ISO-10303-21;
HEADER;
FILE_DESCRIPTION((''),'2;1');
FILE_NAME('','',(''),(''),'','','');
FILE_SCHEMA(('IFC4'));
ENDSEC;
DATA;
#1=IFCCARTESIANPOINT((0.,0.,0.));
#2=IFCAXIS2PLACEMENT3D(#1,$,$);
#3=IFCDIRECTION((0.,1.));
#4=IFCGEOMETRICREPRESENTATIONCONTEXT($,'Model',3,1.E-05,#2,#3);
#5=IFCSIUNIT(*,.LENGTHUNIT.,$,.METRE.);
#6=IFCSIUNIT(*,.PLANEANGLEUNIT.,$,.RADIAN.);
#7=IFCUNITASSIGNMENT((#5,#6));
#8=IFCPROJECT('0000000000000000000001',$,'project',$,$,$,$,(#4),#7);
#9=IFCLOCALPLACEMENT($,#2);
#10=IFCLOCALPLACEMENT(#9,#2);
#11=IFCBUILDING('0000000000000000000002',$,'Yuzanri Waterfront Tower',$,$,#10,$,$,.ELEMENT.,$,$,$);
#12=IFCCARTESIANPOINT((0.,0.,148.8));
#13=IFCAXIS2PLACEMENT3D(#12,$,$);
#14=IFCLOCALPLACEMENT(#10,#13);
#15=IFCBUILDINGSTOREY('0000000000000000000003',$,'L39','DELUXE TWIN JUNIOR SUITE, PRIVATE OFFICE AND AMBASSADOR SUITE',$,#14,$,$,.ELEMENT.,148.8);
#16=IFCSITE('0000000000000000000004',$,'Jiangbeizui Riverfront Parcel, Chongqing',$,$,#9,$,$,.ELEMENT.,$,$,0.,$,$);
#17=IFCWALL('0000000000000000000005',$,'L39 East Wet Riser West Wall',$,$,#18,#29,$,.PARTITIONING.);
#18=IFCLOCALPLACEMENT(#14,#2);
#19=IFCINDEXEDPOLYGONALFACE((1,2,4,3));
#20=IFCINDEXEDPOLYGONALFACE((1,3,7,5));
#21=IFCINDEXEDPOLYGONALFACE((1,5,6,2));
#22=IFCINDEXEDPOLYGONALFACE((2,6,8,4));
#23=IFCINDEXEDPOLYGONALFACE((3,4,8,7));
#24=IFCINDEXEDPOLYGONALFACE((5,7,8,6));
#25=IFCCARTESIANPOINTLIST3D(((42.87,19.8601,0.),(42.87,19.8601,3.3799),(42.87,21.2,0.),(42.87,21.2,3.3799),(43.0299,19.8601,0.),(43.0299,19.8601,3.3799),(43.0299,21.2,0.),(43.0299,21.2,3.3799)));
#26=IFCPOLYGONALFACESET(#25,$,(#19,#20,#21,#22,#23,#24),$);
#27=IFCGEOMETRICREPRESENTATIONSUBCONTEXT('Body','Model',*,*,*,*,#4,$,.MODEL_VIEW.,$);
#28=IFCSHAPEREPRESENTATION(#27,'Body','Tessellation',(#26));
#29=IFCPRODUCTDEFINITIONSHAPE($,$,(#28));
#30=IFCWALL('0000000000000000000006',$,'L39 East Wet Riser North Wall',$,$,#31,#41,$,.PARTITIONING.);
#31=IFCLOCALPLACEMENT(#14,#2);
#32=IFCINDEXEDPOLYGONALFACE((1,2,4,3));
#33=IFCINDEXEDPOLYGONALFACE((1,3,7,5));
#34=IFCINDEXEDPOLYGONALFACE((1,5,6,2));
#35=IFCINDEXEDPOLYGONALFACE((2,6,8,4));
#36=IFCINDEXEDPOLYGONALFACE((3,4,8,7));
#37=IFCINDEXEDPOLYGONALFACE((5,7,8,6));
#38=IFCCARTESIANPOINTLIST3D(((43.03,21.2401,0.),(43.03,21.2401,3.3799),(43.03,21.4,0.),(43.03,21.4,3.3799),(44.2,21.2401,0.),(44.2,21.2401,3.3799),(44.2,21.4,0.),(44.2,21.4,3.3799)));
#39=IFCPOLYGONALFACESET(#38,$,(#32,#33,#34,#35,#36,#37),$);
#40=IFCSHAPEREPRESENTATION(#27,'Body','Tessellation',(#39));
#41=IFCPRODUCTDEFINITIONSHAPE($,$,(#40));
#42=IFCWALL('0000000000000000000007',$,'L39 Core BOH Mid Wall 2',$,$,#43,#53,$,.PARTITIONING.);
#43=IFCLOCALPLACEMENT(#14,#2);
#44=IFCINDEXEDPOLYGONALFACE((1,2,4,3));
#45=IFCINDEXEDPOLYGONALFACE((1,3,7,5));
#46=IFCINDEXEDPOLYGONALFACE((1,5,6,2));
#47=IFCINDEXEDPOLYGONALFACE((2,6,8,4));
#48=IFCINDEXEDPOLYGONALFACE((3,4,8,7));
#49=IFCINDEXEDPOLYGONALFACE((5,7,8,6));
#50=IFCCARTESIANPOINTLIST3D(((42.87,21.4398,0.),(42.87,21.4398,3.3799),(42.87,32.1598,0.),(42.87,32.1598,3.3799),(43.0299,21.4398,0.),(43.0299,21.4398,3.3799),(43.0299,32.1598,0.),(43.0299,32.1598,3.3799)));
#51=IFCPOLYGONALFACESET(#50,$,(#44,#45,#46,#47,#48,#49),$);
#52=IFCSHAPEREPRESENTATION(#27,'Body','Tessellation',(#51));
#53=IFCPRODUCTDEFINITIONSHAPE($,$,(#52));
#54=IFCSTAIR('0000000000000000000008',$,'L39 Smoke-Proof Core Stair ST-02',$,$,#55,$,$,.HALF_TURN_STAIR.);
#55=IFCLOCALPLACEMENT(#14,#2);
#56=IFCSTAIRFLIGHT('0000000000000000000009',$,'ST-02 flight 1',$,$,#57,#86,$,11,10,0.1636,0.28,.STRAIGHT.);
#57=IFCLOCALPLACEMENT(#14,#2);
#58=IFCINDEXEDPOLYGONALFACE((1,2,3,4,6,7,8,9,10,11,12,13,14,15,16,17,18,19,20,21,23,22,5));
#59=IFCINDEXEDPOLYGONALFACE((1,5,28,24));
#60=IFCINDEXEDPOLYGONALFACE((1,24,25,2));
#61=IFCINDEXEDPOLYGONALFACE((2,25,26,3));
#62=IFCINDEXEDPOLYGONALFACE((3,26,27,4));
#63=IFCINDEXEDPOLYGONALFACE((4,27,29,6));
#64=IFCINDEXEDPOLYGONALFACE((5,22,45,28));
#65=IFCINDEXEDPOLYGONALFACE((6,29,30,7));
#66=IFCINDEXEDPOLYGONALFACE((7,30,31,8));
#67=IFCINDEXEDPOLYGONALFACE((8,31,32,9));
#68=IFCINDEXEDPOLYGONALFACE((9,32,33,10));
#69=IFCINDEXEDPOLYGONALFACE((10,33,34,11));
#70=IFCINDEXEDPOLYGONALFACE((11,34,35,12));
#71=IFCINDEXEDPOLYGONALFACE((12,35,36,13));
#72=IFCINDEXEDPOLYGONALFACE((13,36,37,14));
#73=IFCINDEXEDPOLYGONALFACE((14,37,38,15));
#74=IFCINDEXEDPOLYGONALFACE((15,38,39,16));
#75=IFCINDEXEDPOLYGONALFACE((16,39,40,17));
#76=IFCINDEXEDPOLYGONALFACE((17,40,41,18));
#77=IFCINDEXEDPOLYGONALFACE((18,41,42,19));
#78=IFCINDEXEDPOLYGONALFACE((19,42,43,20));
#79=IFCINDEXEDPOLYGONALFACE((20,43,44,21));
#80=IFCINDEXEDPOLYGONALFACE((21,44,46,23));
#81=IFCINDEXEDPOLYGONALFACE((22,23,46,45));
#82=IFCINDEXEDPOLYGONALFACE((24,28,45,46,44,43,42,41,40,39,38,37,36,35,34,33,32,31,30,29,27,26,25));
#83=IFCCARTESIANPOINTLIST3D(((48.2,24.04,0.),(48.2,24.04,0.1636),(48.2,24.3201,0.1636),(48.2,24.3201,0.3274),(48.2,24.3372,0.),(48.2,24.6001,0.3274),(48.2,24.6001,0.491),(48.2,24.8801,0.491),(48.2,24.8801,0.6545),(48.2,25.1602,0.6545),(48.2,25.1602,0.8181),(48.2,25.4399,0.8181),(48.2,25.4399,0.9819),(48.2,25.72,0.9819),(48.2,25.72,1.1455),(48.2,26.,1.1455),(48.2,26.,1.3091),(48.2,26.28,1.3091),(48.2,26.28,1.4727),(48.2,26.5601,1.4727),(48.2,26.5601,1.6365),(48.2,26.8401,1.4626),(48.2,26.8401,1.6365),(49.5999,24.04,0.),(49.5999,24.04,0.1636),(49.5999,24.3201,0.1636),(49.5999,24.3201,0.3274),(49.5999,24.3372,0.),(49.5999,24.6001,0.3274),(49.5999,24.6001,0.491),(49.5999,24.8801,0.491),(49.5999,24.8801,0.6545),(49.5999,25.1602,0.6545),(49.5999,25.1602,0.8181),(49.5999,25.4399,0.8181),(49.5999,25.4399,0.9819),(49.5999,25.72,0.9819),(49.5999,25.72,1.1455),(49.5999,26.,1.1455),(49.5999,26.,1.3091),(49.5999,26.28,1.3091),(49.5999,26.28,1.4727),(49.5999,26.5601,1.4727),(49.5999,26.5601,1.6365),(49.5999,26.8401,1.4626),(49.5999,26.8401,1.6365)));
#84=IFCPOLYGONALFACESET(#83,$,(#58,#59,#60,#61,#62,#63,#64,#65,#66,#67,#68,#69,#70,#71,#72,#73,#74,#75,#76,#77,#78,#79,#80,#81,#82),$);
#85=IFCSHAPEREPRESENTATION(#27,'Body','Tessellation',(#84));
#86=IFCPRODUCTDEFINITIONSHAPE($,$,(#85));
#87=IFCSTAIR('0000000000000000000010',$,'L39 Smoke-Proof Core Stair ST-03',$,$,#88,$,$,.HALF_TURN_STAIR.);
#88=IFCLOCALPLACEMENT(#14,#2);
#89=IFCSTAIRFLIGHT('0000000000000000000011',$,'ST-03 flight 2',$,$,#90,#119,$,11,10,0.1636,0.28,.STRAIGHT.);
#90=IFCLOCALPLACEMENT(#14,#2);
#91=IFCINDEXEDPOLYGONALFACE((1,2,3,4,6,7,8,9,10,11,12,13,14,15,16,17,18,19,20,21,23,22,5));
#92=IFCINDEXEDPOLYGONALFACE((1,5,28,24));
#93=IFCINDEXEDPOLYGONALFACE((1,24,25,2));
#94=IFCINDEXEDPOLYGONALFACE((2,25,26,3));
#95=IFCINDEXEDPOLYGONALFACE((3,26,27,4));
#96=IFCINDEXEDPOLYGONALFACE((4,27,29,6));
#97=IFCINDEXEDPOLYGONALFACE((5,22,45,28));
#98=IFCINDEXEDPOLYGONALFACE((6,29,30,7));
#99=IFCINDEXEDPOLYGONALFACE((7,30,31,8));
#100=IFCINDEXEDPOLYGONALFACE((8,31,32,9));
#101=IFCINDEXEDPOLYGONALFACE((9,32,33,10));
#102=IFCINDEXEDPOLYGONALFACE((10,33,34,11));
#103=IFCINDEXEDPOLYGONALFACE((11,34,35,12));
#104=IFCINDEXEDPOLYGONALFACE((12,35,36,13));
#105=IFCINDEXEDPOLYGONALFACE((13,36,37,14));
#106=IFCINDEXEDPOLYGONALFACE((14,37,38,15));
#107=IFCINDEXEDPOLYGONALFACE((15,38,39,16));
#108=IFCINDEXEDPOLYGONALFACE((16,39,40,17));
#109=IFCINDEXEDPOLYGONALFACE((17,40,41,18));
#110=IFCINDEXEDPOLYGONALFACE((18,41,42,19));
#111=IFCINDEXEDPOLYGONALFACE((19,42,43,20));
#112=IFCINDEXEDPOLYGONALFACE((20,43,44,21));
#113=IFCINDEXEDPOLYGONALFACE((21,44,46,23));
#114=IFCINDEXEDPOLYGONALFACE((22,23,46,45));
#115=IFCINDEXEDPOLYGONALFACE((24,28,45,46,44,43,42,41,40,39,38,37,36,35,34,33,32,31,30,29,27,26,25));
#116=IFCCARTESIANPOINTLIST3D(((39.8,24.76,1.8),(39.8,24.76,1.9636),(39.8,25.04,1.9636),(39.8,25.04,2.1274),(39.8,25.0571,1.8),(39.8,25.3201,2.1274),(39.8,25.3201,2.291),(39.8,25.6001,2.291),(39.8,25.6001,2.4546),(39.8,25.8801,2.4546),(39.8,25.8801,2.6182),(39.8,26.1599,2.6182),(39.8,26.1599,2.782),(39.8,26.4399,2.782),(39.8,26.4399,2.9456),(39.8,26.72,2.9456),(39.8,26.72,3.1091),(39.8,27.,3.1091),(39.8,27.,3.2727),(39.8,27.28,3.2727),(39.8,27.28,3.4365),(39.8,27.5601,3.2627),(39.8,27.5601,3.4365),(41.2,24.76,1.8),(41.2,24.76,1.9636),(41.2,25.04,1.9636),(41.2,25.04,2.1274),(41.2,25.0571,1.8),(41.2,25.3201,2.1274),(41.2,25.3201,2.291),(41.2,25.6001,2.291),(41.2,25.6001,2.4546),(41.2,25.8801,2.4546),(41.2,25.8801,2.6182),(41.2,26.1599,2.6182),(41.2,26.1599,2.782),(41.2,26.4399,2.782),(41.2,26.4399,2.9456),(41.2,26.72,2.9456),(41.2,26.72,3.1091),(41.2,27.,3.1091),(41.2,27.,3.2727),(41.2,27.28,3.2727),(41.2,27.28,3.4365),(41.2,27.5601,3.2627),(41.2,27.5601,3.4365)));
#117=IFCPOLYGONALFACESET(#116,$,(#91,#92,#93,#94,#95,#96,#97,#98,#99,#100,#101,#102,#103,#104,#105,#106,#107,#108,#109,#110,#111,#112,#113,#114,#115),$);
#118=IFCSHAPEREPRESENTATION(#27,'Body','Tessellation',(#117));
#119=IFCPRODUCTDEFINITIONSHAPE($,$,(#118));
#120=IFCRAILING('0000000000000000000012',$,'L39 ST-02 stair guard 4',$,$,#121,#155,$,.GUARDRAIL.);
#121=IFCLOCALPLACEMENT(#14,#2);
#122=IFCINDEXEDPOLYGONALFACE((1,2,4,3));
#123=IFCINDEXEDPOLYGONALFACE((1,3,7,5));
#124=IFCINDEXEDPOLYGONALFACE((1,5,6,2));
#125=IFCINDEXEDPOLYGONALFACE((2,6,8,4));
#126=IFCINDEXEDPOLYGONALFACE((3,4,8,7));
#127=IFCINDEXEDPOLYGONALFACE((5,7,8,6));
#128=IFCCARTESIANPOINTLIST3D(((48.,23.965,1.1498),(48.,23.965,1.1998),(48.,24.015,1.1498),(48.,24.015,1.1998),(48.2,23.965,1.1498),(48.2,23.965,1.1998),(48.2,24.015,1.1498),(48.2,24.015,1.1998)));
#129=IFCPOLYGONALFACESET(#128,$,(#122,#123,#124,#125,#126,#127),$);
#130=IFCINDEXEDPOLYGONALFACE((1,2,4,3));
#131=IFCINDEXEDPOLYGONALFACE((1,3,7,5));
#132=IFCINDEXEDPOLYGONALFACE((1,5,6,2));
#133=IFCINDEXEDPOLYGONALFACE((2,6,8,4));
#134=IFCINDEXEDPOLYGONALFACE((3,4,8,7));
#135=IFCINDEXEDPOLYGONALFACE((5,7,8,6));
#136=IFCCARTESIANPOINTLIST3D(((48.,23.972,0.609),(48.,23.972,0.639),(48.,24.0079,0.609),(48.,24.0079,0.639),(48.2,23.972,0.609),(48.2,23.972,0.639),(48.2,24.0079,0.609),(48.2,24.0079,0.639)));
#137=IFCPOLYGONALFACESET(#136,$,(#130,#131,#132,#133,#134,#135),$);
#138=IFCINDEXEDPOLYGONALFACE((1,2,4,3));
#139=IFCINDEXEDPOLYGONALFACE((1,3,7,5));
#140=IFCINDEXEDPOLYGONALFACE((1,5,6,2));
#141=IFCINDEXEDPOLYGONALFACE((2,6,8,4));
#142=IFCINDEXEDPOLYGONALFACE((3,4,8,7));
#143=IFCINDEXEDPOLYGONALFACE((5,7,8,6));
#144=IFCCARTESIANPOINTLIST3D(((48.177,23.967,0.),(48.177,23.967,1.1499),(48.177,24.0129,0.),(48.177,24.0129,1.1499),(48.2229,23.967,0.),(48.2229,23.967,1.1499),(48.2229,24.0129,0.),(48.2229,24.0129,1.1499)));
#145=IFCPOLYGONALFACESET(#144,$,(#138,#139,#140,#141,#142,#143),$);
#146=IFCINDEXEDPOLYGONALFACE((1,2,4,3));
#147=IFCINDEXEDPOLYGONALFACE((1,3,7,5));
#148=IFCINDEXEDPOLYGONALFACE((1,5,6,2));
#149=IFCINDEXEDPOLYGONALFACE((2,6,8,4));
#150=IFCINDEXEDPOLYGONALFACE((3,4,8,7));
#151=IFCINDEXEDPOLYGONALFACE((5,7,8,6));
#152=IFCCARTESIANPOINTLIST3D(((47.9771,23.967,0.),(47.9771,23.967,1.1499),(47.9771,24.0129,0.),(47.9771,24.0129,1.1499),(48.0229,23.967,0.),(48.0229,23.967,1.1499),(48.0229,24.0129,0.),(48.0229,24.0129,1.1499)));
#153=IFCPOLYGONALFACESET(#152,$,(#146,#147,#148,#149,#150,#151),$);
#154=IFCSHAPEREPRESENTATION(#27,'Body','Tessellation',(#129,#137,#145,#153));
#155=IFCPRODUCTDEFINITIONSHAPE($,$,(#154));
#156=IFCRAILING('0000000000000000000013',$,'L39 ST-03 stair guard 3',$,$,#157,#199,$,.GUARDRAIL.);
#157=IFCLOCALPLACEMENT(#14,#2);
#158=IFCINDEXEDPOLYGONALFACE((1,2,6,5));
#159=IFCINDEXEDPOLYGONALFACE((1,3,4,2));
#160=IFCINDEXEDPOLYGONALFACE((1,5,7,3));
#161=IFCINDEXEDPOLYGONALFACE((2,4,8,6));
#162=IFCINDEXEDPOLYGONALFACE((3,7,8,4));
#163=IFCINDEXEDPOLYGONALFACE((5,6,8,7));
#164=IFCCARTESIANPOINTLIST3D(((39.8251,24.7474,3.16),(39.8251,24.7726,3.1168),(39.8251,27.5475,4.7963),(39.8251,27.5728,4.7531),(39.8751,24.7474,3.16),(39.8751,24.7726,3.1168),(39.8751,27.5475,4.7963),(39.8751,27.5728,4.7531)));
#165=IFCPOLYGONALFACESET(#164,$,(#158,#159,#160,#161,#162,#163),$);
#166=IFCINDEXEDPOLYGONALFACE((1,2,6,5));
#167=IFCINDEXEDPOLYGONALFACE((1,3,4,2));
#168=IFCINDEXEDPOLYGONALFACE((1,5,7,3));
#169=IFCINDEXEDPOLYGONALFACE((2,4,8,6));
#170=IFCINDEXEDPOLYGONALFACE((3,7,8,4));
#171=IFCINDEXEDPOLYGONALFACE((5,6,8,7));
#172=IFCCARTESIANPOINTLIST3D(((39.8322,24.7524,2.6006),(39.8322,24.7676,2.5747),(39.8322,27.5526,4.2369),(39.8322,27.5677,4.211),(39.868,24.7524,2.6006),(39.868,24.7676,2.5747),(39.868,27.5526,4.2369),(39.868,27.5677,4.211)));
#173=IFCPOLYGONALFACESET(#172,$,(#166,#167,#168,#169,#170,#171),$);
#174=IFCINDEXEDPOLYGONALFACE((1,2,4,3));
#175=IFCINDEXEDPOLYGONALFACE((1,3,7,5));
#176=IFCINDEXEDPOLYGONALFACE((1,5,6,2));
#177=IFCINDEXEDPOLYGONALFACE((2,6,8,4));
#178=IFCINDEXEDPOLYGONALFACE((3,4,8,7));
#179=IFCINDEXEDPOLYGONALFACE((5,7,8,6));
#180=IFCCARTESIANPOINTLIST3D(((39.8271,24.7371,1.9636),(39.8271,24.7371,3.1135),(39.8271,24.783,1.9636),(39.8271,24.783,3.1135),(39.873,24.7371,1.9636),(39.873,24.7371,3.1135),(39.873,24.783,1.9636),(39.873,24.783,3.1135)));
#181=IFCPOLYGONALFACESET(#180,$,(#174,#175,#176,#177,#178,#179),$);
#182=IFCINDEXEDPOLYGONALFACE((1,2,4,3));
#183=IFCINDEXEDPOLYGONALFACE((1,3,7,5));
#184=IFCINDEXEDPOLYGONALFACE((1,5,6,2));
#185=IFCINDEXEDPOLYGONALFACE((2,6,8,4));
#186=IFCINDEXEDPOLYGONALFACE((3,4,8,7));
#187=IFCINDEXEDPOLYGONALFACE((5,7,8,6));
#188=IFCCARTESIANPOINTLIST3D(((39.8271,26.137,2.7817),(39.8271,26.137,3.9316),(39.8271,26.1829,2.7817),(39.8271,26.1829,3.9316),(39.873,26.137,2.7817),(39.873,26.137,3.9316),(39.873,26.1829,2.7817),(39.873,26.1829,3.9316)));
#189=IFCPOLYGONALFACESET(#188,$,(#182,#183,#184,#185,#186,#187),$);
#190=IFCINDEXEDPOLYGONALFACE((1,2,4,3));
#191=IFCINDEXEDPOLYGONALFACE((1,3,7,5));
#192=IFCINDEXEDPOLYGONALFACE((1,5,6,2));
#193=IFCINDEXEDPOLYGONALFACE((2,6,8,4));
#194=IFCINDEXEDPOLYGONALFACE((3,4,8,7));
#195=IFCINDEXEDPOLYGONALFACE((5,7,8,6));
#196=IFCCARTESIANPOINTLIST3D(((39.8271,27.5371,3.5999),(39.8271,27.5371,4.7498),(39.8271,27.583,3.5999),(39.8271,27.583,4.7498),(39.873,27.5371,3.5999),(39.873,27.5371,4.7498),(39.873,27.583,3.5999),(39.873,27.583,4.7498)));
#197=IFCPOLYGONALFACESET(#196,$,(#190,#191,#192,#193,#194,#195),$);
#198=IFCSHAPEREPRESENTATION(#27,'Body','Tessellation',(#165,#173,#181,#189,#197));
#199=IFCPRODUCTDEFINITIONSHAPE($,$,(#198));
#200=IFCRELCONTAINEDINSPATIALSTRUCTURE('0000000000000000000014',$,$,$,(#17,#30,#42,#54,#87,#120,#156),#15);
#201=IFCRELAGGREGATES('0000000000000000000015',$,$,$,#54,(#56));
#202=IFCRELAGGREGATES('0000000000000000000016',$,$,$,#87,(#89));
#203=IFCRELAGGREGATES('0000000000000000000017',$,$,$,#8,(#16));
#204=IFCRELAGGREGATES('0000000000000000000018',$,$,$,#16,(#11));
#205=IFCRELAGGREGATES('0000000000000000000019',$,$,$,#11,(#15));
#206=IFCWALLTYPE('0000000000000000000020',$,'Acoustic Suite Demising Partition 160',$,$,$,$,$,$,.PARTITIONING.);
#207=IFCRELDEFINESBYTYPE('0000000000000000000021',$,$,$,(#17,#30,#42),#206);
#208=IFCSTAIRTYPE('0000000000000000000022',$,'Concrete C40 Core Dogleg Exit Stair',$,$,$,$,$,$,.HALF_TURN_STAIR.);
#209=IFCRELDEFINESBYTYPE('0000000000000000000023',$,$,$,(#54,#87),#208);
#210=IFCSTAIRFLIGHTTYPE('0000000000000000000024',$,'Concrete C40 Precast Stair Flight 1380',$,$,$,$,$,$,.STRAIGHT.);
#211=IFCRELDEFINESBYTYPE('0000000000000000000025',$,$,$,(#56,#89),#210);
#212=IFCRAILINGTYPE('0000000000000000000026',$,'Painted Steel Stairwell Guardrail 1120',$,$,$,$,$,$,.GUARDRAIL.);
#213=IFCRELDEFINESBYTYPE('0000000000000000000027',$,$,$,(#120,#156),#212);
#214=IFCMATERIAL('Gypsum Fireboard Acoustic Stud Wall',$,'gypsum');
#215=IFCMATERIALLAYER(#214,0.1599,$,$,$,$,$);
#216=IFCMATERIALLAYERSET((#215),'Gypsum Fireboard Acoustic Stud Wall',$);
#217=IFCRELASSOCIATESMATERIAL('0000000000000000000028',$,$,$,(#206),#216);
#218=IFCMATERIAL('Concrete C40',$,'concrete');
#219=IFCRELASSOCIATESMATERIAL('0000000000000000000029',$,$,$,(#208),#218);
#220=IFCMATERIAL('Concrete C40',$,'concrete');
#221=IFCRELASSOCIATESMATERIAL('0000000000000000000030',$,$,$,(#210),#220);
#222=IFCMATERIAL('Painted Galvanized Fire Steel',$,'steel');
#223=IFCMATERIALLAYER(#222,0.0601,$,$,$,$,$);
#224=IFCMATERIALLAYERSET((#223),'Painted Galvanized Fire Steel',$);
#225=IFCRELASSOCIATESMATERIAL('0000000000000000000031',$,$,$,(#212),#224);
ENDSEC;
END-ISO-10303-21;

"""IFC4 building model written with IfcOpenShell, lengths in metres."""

from ifc_helpers import new_model, si_unit, direction, frame, frame_2d, origin, origin_2d, place, context, subcontext, project, spatial, polyline, rectangle, outline, extrude, source, transform, mapped, material, layer, layer_set, type_object, element, aggregate, save


model = new_model("IFC4")

# Units and contexts
model_context = context("Model", 3, precision=1e-05, world=origin(), true_north=direction((0.0, 1.0)))
body_context = subcontext(model_context, "Body", "Model", "MODEL_VIEW")
ifc_project = project(units=[si_unit("LENGTHUNIT", "METRE"), si_unit("PLANEANGLEUNIT", "RADIAN")], contexts=[model_context])

# Site, building, storey
site_placement = place(None, origin())
site = spatial("IfcSite", under=ifc_project, at=site_placement, Name="Jiangbeizui Riverfront Parcel, Chongqing", CompositionType="ELEMENT", RefElevation=0.0)
building_placement = place(site_placement, origin())
building = spatial("IfcBuilding", under=site, at=building_placement, Name="Yuzanri Waterfront Tower", CompositionType="ELEMENT")
storey_placement = place(building_placement, frame((0.0, 0.0, 148.8)))
storey = spatial("IfcBuildingStorey", under=building, at=storey_placement, Name="L39", Description="DELUXE TWIN JUNIOR SUITE, PRIVATE OFFICE AND AMBASSADOR SUITE", CompositionType="ELEMENT", Elevation=148.8)

# Walls
ifc_material_1 = material(Name="Gypsum Fireboard Acoustic Stud Wall", Category="gypsum")
ifc_layer_1 = layer(ifc_material_1, 0.1599)
ifc_layer_set_1 = layer_set([ifc_layer_1], Name="Gypsum Fireboard Acoustic Stud Wall")
wall_type_1 = type_object("IfcWallType", Name="Acoustic Suite Demising Partition 160", PredefinedType="PARTITIONING", material=ifc_layer_set_1)
shared_shape_1 = source(origin(), body_context, "Body", "SweptSolid", [
    extrude(rectangle(XDim=1.3398, YDim=0.1599, at=frame_2d((0.6699, 0.0))), origin(), (0.0, 0.0, 1.0), 3.3799),
])
wall_1_placement = place(storey_placement, frame((42.95, 19.8601, 0.0), z_axis=(0.0, 0.0, 1.0), x_axis=(0.0, 1.0, 0.0)))
element("IfcWall", 1, at=wall_1_placement, inside=storey, type_object=wall_type_1, Name="L39 East Wet Riser West Wall", PredefinedType="PARTITIONING", context=body_context, shape_type="MappedRepresentation", body=[
    mapped(shared_shape_1, transform((0.0, 0.0, 0.0), scale=1.0)),
])
shared_shape_2 = source(origin(), body_context, "Body", "SweptSolid", [
    extrude(rectangle(XDim=1.1699, YDim=0.1599, at=frame_2d((0.585, 0.0))), origin(), (0.0, 0.0, 1.0), 3.3799),
])
wall_2_placement = place(storey_placement, frame((43.03, 21.3201, 0.0), z_axis=(0.0, 0.0, 1.0), x_axis=(1.0, 0.0, 0.0)))
element("IfcWall", 2, at=wall_2_placement, inside=storey, type_object=wall_type_1, Name="L39 East Wet Riser North Wall", PredefinedType="PARTITIONING", context=body_context, shape_type="MappedRepresentation", body=[
    mapped(shared_shape_2, transform((0.0, 0.0, 0.0), scale=1.0)),
])
shared_shape_3 = source(origin(), body_context, "Body", "SweptSolid", [
    extrude(rectangle(XDim=10.72, YDim=0.1599, at=frame_2d((5.3599, 0.0))), origin(), (0.0, 0.0, 1.0), 3.3799),
])
wall_3_placement = place(storey_placement, frame((42.95, 21.4399, 0.0), z_axis=(0.0, 0.0, 1.0), x_axis=(0.0, 1.0, 0.0)))
element("IfcWall", 3, at=wall_3_placement, inside=storey, type_object=wall_type_1, Name="L39 Core BOH Mid Wall 2", PredefinedType="PARTITIONING", context=body_context, shape_type="MappedRepresentation", body=[
    mapped(shared_shape_3, transform((0.0, 0.0, 0.0), scale=1.0)),
])

# Stairs, stair flights
ifc_material_2 = material(Name="Concrete C40", Category="concrete")
stair_type = type_object("IfcStairType", Name="Concrete C40 Core Dogleg Exit Stair", PredefinedType="HALF_TURN_STAIR", material=ifc_material_2)
stair_1_placement = place(storey_placement, origin())
stair_1 = element("IfcStair", 4, at=stair_1_placement, inside=storey, type_object=stair_type, Name="L39 Smoke-Proof Core Stair ST-02", PredefinedType="HALF_TURN_STAIR")
ifc_material_3 = material(Name="Concrete C40", Category="concrete")
stair_flight_type = type_object("IfcStairFlightType", Name="Concrete C40 Precast Stair Flight 1380", PredefinedType="STRAIGHT", material=ifc_material_3)
shared_shape_4 = source(origin(), body_context, "Body", "SweptSolid", [
    extrude(outline(polyline([(0.0, 0.0), (0.0, 0.1636), (0.28, 0.1636), (0.28, 0.3274), (0.5601, 0.3274), (0.5601, 0.491), (0.8401, 0.491), (0.8401, 0.6545), (1.1201, 0.6545), (1.1201, 0.8181), (1.3999, 0.8181), (1.3999, 0.9819), (1.6799, 0.9819), (1.6799, 1.1455), (1.96, 1.1455), (1.96, 1.3091), (2.24, 1.3091), (2.24, 1.4727), (2.52, 1.4727), (2.52, 1.6365), (2.8, 1.6365), (2.8, 1.8), (2.8, 1.4626), (0.2971, 0.0), (0.0, 0.0)])), frame((0.0, 0.7, 0.0), z_axis=(0.0, -1.0, 0.0), x_axis=(1.0, 0.0, 0.0)), (0.0, 0.0, 1.0), 1.3999),
])
stair_flight_1_placement = place(storey_placement, frame((48.8999, 24.04, 0.0), z_axis=(0.0, 0.0, 1.0), x_axis=(0.0, 1.0, 0.0)))
stair_flight_1 = element("IfcStairFlight", 5, at=stair_flight_1_placement, type_object=stair_flight_type, Name="ST-02 flight 1", NumberOfRisers=11, NumberOfTreads=10, PredefinedType="STRAIGHT", RiserHeight=0.1636, TreadLength=0.28, context=body_context, shape_type="MappedRepresentation", body=[
    mapped(shared_shape_4, transform((0.0, 0.0, 0.0), scale=1.0)),
])
aggregate(stair_1, [stair_flight_1])
stair_2_placement = place(storey_placement, origin())
stair_2 = element("IfcStair", 6, at=stair_2_placement, inside=storey, type_object=stair_type, Name="L39 Smoke-Proof Core Stair ST-03", PredefinedType="HALF_TURN_STAIR")
stair_flight_2_placement = place(storey_placement, frame((40.5, 24.76, 1.8), z_axis=(0.0, 0.0, 1.0), x_axis=(0.0, 1.0, 0.0)))
stair_flight_2 = element("IfcStairFlight", 7, at=stair_flight_2_placement, type_object=stair_flight_type, Name="ST-03 flight 2", NumberOfRisers=11, NumberOfTreads=10, PredefinedType="STRAIGHT", RiserHeight=0.1636, TreadLength=0.28, context=body_context, shape_type="MappedRepresentation", body=[
    mapped(shared_shape_4, transform((0.0, 0.0, 0.0), scale=1.0)),
])
aggregate(stair_2, [stair_flight_2])

# Railings
ifc_material_4 = material(Name="Painted Galvanized Fire Steel", Category="steel")
ifc_layer_2 = layer(ifc_material_4, 0.0601)
ifc_layer_set_2 = layer_set([ifc_layer_2], Name="Painted Galvanized Fire Steel")
railing_type_1 = type_object("IfcRailingType", Name="Painted Steel Stairwell Guardrail 1120", PredefinedType="GUARDRAIL", material=ifc_layer_set_2)
shared_shape_5 = source(origin(), body_context, "Body", "SweptSolid", [
    extrude(rectangle(XDim=0.05, YDim=0.05, at=origin_2d()), frame((0.0, 0.0, 1.1748), z_axis=(-1.0, 0.0, 0.0), x_axis=(0.0, -1.0, 0.0)), (0.0, 0.0, 1.0), 0.2),
    extrude(rectangle(XDim=0.0359, YDim=0.03, at=origin_2d()), frame((0.0, 0.0, 0.624), z_axis=(-1.0, 0.0, 0.0), x_axis=(0.0, -1.0, 0.0)), (0.0, 0.0, 1.0), 0.2),
    extrude(rectangle(XDim=0.0459, YDim=0.0459, at=origin_2d()), origin(), (0.0, 0.0, 1.0), 1.1499),
    extrude(rectangle(XDim=0.0459, YDim=0.0459, at=origin_2d()), frame((-0.2, 0.0, 0.0)), (0.0, 0.0, 1.0), 1.1499),
])
railing_1_placement = place(storey_placement, frame((48.2, 23.99, 0.0)))
element("IfcRailing", 8, at=railing_1_placement, inside=storey, type_object=railing_type_1, Name="L39 ST-02 stair guard 4", PredefinedType="GUARDRAIL", context=body_context, shape_type="MappedRepresentation", body=[
    mapped(shared_shape_5, transform((0.0, 0.0, 0.0), scale=1.0)),
])
shared_shape_6 = source(origin(), body_context, "Body", "SweptSolid", [
    extrude(rectangle(XDim=0.05, YDim=0.05, at=origin_2d()), frame((0.0, 0.0, 1.1748), z_axis=(0.0, 0.863394, 0.504531), x_axis=(-1.0, 0.0, 0.0)), (0.0, 0.0, 1.0), 3.2432),
    extrude(rectangle(XDim=0.0359, YDim=0.03, at=origin_2d()), frame((0.0, 0.0, 0.624), z_axis=(0.0, 0.863394, 0.504531), x_axis=(-1.0, 0.0, 0.0)), (0.0, 0.0, 1.0), 3.2432),
    extrude(rectangle(XDim=0.0459, YDim=0.0459, at=origin_2d()), origin(), (0.0, 0.0, 1.0), 1.1499),
    extrude(rectangle(XDim=0.0459, YDim=0.0459, at=origin_2d()), frame((0.0, 1.3999, 0.8181)), (0.0, 0.0, 1.0), 1.1499),
    extrude(rectangle(XDim=0.0459, YDim=0.0459, at=origin_2d()), frame((0.0, 2.8, 1.6362)), (0.0, 0.0, 1.0), 1.1499),
])
railing_2_placement = place(storey_placement, frame((39.8501, 24.76, 1.9636)))
element("IfcRailing", 9, at=railing_2_placement, inside=storey, type_object=railing_type_1, Name="L39 ST-03 stair guard 3", PredefinedType="GUARDRAIL", context=body_context, shape_type="MappedRepresentation", body=[
    mapped(shared_shape_6, transform((0.0, 0.0, 0.0), scale=1.0)),
])

save(model, "model.ifc")
